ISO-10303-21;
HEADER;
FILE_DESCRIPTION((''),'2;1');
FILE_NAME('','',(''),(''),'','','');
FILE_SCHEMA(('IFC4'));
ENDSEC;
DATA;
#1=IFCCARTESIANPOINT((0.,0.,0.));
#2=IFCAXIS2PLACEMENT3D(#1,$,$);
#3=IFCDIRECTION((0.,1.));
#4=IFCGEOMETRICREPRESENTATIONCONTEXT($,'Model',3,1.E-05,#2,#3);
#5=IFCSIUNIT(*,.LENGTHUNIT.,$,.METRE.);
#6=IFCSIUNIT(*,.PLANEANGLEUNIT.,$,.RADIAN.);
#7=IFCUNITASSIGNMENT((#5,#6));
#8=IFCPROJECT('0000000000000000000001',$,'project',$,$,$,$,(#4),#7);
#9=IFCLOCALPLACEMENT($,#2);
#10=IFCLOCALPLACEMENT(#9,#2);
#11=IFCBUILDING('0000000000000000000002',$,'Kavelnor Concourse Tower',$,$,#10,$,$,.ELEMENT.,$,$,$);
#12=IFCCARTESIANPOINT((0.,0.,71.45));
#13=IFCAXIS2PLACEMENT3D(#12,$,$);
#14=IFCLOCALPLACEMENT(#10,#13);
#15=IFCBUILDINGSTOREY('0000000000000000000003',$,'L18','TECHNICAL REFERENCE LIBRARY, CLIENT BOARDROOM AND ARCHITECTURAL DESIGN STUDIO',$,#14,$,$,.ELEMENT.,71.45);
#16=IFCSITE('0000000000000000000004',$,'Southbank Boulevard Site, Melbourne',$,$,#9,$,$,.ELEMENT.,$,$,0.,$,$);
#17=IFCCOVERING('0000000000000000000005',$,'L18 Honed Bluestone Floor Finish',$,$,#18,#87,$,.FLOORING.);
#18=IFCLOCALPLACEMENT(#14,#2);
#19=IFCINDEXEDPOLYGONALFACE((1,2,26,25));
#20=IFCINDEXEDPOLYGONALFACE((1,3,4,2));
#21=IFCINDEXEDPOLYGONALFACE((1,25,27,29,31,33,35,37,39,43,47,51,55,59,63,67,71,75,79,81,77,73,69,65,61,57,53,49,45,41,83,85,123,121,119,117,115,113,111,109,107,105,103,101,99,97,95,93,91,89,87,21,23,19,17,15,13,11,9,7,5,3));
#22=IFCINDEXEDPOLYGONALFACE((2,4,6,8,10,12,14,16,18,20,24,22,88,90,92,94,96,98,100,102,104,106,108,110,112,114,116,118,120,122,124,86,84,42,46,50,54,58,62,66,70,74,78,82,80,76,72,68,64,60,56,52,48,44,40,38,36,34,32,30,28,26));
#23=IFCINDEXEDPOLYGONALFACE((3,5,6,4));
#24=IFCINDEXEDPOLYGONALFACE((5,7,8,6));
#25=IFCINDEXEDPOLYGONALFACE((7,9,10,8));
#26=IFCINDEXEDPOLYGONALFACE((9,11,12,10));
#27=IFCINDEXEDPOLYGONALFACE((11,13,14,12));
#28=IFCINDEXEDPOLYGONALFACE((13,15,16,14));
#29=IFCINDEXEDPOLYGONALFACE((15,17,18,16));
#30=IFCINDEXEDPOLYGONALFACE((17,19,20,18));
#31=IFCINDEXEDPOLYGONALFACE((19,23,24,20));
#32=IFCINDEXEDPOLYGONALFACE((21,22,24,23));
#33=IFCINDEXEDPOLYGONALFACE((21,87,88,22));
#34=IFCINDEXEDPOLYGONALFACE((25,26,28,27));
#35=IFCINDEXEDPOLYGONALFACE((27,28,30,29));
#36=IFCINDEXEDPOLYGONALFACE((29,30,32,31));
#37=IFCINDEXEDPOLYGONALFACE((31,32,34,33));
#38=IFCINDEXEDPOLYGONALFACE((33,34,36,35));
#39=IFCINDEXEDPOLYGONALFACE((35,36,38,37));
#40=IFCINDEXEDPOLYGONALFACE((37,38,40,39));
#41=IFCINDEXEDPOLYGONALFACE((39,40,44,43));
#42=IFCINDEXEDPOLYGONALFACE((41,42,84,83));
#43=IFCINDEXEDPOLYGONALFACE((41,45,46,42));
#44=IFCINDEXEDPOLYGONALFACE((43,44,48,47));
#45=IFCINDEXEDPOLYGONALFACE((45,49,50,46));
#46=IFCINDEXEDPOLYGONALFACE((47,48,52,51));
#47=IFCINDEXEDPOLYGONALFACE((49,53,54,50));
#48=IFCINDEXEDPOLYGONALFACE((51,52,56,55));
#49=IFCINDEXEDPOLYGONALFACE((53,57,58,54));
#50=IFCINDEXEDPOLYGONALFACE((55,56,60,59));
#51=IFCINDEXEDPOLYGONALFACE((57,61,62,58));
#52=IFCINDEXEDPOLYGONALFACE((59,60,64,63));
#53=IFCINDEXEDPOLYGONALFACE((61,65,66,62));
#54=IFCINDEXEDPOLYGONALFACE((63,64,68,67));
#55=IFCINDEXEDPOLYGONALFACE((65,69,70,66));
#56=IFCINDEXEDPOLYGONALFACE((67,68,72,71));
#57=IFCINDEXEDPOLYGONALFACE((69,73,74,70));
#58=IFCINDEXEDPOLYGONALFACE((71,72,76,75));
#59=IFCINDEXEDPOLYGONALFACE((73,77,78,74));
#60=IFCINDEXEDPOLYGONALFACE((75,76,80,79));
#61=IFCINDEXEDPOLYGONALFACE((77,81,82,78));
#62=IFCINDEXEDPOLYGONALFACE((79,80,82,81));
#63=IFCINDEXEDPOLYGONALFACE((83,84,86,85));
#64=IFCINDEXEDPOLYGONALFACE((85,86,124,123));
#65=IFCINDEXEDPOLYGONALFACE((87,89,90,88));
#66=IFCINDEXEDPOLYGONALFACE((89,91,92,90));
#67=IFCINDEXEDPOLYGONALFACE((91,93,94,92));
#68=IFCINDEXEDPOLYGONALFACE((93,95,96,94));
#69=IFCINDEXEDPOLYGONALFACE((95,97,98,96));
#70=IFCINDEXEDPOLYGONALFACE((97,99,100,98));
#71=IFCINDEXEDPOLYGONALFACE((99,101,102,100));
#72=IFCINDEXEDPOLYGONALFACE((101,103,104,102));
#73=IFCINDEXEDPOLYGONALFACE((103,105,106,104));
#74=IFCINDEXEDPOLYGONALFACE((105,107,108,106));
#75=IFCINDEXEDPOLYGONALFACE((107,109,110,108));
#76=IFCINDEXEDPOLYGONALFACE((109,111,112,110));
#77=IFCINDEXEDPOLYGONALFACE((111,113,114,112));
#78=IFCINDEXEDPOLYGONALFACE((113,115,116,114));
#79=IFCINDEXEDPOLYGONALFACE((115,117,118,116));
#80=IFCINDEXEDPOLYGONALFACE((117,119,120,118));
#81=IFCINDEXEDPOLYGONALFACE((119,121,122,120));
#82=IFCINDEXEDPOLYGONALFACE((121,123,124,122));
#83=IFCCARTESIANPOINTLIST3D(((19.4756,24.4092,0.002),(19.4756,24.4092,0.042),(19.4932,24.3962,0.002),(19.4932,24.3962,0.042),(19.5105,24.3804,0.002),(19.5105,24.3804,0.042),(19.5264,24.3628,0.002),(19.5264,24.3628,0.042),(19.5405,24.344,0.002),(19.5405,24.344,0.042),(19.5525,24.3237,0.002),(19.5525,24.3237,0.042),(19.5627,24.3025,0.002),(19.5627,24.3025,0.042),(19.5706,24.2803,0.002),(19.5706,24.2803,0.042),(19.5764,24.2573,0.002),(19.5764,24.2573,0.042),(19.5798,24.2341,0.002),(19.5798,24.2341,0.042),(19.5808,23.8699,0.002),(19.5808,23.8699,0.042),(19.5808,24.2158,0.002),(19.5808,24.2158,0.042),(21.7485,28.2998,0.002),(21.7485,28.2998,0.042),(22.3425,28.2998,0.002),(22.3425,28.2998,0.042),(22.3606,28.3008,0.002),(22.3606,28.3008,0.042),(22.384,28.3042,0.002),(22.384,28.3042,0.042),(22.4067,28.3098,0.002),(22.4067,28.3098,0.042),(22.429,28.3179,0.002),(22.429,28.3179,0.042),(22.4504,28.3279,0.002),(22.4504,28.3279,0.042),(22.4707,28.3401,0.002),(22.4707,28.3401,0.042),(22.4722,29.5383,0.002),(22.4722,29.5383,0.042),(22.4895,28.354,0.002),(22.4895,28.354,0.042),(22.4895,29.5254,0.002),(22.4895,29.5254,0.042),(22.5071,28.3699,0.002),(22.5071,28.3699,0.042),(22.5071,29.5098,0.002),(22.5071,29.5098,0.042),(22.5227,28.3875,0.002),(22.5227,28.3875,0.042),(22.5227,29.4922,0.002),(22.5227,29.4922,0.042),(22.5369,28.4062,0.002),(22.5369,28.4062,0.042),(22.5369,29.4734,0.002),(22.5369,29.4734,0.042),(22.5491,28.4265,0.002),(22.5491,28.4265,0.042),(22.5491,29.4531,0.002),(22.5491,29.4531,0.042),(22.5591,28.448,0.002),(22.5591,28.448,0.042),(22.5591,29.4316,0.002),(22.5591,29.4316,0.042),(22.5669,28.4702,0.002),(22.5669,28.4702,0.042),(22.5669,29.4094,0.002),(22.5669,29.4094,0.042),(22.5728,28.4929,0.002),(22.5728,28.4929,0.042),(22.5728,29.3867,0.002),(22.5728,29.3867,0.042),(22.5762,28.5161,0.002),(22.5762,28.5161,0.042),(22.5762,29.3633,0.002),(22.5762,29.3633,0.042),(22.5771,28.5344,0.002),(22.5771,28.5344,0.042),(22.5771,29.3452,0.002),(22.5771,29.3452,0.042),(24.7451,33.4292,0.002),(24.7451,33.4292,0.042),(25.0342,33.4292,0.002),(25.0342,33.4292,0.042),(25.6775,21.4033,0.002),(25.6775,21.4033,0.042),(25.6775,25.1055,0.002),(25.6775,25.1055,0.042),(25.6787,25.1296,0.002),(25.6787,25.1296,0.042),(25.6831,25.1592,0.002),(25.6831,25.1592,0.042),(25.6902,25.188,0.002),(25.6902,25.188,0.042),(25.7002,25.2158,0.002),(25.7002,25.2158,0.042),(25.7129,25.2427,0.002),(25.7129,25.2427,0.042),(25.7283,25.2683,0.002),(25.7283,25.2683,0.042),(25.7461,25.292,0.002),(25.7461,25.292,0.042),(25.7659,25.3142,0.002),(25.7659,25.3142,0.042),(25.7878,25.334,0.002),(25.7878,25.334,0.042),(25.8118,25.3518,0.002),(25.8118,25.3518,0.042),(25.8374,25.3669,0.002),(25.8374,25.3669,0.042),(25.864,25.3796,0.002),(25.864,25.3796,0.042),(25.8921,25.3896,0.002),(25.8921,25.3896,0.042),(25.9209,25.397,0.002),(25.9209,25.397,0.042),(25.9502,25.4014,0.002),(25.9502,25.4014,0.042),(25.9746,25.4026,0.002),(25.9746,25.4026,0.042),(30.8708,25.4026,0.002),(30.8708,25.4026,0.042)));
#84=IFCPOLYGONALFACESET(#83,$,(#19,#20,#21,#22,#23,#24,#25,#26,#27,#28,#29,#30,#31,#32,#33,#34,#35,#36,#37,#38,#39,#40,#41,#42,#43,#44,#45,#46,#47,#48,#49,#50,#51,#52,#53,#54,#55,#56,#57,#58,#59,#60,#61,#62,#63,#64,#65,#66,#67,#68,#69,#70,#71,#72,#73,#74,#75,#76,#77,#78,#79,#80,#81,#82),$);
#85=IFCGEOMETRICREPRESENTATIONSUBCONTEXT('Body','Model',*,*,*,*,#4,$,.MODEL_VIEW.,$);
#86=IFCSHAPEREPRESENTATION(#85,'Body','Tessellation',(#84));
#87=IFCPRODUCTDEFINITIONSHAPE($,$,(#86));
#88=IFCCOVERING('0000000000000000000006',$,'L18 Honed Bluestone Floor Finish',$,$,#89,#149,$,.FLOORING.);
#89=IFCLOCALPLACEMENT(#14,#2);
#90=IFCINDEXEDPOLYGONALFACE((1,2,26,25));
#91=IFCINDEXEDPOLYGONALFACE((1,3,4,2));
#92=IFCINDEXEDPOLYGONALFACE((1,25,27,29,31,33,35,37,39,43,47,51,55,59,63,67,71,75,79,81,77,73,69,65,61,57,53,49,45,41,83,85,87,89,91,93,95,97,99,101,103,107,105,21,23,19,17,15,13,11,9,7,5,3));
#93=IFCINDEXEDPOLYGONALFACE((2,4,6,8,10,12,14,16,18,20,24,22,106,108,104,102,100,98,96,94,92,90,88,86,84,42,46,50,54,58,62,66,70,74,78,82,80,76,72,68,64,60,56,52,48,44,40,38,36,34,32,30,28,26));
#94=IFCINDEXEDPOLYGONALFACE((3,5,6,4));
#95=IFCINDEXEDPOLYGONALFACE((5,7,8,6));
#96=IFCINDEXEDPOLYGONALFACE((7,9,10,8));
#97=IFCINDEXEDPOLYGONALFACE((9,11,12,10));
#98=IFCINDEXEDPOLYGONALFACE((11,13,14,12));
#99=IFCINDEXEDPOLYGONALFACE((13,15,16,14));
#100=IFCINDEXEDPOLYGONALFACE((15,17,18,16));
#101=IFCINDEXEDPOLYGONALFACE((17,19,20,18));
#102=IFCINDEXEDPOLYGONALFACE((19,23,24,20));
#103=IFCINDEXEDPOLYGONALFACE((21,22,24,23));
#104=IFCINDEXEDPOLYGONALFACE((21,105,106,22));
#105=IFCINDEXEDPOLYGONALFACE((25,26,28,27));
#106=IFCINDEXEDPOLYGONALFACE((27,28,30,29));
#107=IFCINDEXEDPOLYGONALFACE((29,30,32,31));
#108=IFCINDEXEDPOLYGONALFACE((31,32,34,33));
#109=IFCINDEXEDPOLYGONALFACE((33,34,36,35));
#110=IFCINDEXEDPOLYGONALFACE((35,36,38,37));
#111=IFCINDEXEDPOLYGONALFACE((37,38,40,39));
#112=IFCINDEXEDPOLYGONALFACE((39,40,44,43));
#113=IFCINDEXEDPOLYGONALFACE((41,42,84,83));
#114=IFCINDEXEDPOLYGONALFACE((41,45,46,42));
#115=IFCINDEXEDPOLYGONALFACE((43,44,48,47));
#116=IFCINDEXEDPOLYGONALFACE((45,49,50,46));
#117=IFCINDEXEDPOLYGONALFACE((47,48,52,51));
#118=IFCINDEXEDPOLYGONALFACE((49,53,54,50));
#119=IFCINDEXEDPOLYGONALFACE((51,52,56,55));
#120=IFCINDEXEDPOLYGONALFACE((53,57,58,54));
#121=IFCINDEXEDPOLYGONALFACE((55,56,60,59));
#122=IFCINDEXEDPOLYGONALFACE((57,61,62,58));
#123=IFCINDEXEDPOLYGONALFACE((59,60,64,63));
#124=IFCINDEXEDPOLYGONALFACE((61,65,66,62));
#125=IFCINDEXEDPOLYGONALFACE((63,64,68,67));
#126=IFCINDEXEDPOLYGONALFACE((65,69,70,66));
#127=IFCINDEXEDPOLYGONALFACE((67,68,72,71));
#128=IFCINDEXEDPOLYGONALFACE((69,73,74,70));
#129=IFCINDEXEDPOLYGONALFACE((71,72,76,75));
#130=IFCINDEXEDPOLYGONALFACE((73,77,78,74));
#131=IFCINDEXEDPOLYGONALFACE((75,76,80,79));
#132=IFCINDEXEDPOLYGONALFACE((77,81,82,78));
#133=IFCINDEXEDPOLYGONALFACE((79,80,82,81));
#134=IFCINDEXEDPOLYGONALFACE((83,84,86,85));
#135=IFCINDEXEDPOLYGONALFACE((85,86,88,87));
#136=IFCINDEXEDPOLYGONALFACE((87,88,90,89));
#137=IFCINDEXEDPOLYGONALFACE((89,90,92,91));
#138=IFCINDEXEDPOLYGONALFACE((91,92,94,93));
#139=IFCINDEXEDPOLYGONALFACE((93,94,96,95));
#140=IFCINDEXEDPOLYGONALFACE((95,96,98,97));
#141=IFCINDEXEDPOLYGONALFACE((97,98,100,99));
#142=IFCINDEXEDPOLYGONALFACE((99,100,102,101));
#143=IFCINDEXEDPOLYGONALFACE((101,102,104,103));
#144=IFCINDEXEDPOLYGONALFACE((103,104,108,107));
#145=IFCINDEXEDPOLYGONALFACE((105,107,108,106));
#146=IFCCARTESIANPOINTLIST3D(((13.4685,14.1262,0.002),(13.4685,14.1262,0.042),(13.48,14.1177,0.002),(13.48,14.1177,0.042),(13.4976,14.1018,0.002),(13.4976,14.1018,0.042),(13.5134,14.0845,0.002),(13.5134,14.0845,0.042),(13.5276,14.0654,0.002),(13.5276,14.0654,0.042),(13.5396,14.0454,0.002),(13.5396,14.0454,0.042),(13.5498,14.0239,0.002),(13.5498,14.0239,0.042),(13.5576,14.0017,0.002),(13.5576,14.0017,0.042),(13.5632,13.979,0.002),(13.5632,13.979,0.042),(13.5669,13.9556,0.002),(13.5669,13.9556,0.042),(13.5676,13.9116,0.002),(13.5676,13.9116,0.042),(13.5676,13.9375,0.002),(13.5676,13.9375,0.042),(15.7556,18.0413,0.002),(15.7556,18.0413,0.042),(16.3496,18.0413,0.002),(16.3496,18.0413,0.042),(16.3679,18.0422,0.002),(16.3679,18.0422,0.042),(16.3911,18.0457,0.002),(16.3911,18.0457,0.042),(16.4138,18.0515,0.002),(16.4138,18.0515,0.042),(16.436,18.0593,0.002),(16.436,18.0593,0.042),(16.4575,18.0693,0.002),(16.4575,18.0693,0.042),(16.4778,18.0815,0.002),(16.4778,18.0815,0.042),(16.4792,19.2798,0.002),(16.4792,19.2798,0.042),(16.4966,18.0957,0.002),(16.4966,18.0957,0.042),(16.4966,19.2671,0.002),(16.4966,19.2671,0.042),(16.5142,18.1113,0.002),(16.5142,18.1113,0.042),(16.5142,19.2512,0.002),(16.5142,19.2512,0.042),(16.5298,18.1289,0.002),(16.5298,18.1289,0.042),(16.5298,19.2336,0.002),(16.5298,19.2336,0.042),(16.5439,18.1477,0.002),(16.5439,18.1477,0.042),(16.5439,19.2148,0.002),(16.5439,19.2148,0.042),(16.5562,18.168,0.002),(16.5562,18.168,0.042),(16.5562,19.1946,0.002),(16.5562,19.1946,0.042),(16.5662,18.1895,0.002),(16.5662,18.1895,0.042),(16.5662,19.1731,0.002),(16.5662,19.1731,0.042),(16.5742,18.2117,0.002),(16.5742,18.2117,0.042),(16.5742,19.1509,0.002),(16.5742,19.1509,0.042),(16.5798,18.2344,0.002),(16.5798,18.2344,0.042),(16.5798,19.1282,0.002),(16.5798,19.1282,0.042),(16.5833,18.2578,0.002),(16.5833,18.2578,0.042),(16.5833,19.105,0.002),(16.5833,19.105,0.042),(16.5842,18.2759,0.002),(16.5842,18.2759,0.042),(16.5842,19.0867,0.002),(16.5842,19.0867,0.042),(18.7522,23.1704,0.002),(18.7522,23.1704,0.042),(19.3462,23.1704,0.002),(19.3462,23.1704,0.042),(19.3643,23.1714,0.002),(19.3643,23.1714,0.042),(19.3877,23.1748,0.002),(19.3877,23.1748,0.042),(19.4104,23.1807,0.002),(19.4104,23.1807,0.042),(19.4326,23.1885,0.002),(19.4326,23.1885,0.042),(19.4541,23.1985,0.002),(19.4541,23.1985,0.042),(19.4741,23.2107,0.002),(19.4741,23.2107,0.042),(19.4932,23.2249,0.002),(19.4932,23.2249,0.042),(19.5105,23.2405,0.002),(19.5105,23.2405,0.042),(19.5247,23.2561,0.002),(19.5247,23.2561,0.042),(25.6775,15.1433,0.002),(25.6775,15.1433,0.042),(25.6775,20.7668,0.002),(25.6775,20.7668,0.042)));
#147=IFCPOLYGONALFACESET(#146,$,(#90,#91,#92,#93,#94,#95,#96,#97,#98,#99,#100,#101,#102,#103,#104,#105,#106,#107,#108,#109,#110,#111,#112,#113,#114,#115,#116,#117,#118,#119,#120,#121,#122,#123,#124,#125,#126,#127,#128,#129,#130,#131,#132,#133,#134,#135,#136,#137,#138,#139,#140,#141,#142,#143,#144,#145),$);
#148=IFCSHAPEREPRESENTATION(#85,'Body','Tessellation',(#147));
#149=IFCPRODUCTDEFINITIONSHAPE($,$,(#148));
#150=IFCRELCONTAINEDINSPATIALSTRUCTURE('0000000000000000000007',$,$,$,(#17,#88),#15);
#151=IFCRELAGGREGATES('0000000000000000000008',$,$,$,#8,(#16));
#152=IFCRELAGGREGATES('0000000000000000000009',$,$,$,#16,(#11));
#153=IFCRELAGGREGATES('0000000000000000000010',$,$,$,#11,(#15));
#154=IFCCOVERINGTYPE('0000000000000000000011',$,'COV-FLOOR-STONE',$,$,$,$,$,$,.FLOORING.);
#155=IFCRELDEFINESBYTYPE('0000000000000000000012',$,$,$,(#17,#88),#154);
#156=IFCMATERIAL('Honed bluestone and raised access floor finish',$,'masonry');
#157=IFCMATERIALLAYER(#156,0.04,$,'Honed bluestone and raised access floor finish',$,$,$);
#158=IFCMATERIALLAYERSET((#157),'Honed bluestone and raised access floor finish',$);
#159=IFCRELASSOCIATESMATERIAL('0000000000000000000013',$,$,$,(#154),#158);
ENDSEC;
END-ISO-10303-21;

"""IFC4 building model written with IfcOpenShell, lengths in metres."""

from ifc_helpers import new_model, si_unit, direction, frame, origin, place, context, subcontext, project, spatial, polyline, outline, extrude, material, layer, layer_set, type_object, element, save


model = new_model("IFC4")

# Units and contexts
model_context = context("Model", 3, precision=1e-05, world=origin(), true_north=direction((0.0, 1.0)))
body_context = subcontext(model_context, "Body", "Model", "MODEL_VIEW")
ifc_project = project(units=[si_unit("LENGTHUNIT", "METRE"), si_unit("PLANEANGLEUNIT", "RADIAN")], contexts=[model_context])

# Site, building, storey
site_placement = place(None, origin())
site = spatial("IfcSite", under=ifc_project, at=site_placement, Name="Southbank Boulevard Site, Melbourne", CompositionType="ELEMENT", RefElevation=0.0)
building_placement = place(site_placement, origin())
building = spatial("IfcBuilding", under=site, at=building_placement, Name="Kavelnor Concourse Tower", CompositionType="ELEMENT")
storey_placement = place(building_placement, frame((0.0, 0.0, 71.45)))
storey = spatial("IfcBuildingStorey", under=building, at=storey_placement, Name="L18", Description="TECHNICAL REFERENCE LIBRARY, CLIENT BOARDROOM AND ARCHITECTURAL DESIGN STUDIO", CompositionType="ELEMENT", Elevation=71.45)

# Coverings
ifc_material_1 = material(Name="Honed bluestone and raised access floor finish", Category="masonry")
ifc_layer_1 = layer(ifc_material_1, 0.04, Name="Honed bluestone and raised access floor finish")
ifc_layer_set_1 = layer_set([ifc_layer_1], Name="Honed bluestone and raised access floor finish")
covering_type_1 = type_object("IfcCoveringType", Name="COV-FLOOR-STONE", PredefinedType="FLOORING", material=ifc_layer_set_1)
covering_1_placement = place(storey_placement, frame((0.0, 0.0, 0.002)))
element("IfcCovering", 1, at=covering_1_placement, inside=storey, type_object=covering_type_1, Name="L18 Honed Bluestone Floor Finish", PredefinedType="FLOORING", context=body_context, shape_type="SweptSolid", body=[
    extrude(outline(polyline([(21.7485, 28.2998), (22.3425, 28.2998), (22.3606, 28.3008), (22.384, 28.3042), (22.4067, 28.3098), (22.429, 28.3179), (22.4504, 28.3279), (22.4707, 28.3401), (22.4895, 28.354), (22.5071, 28.3699), (22.5227, 28.3875), (22.5369, 28.4062), (22.5491, 28.4265), (22.5591, 28.448), (22.5669, 28.4702), (22.5728, 28.4929), (22.5762, 28.5161), (22.5771, 28.5344), (22.5771, 29.3452), (22.5762, 29.3633), (22.5728, 29.3867), (22.5669, 29.4094), (22.5591, 29.4316), (22.5491, 29.4531), (22.5369, 29.4734), (22.5227, 29.4922), (22.5071, 29.5098), (22.4895, 29.5254), (22.4722, 29.5383), (24.7451, 33.4292), (25.0342, 33.4292), (30.8708, 25.4026), (25.9746, 25.4026), (25.9502, 25.4014), (25.9209, 25.397), (25.8921, 25.3896), (25.864, 25.3796), (25.8374, 25.3669), (25.8118, 25.3518), (25.7878, 25.334), (25.7659, 25.3142), (25.7461, 25.292), (25.7283, 25.2683), (25.7129, 25.2427), (25.7002, 25.2158), (25.6902, 25.188), (25.6831, 25.1592), (25.6787, 25.1296), (25.6775, 25.1055), (25.6775, 21.4033), (19.5808, 23.8699), (19.5808, 24.2158), (19.5798, 24.2341), (19.5764, 24.2573), (19.5706, 24.2803), (19.5627, 24.3025), (19.5525, 24.3237), (19.5405, 24.344), (19.5264, 24.3628), (19.5105, 24.3804), (19.4932, 24.3962), (19.4756, 24.4092), (21.7485, 28.2998)])), origin(), (0.0, 0.0, 1.0), 0.04),
])
covering_2_placement = place(storey_placement, frame((0.0, 0.0, 0.002)))
element("IfcCovering", 2, at=covering_2_placement, inside=storey, type_object=covering_type_1, Name="L18 Honed Bluestone Floor Finish", PredefinedType="FLOORING", context=body_context, shape_type="SweptSolid", body=[
    extrude(outline(polyline([(15.7556, 18.0413), (16.3496, 18.0413), (16.3679, 18.0422), (16.3911, 18.0457), (16.4138, 18.0515), (16.436, 18.0593), (16.4575, 18.0693), (16.4778, 18.0815), (16.4966, 18.0957), (16.5142, 18.1113), (16.5298, 18.1289), (16.5439, 18.1477), (16.5562, 18.168), (16.5662, 18.1895), (16.5742, 18.2117), (16.5798, 18.2344), (16.5833, 18.2578), (16.5842, 18.2759), (16.5842, 19.0867), (16.5833, 19.105), (16.5798, 19.1282), (16.5742, 19.1509), (16.5662, 19.1731), (16.5562, 19.1946), (16.5439, 19.2148), (16.5298, 19.2336), (16.5142, 19.2512), (16.4966, 19.2671), (16.4792, 19.2798), (18.7522, 23.1704), (19.3462, 23.1704), (19.3643, 23.1714), (19.3877, 23.1748), (19.4104, 23.1807), (19.4326, 23.1885), (19.4541, 23.1985), (19.4741, 23.2107), (19.4932, 23.2249), (19.5105, 23.2405), (19.5247, 23.2561), (25.6775, 20.7668), (25.6775, 15.1433), (13.5676, 13.9116), (13.5676, 13.9375), (13.5669, 13.9556), (13.5632, 13.979), (13.5576, 14.0017), (13.5498, 14.0239), (13.5396, 14.0454), (13.5276, 14.0654), (13.5134, 14.0845), (13.4976, 14.1018), (13.48, 14.1177), (13.4685, 14.1262), (15.7556, 18.0413)])), origin(), (0.0, 0.0, 1.0), 0.04),
])

save(model, "model.ifc")
